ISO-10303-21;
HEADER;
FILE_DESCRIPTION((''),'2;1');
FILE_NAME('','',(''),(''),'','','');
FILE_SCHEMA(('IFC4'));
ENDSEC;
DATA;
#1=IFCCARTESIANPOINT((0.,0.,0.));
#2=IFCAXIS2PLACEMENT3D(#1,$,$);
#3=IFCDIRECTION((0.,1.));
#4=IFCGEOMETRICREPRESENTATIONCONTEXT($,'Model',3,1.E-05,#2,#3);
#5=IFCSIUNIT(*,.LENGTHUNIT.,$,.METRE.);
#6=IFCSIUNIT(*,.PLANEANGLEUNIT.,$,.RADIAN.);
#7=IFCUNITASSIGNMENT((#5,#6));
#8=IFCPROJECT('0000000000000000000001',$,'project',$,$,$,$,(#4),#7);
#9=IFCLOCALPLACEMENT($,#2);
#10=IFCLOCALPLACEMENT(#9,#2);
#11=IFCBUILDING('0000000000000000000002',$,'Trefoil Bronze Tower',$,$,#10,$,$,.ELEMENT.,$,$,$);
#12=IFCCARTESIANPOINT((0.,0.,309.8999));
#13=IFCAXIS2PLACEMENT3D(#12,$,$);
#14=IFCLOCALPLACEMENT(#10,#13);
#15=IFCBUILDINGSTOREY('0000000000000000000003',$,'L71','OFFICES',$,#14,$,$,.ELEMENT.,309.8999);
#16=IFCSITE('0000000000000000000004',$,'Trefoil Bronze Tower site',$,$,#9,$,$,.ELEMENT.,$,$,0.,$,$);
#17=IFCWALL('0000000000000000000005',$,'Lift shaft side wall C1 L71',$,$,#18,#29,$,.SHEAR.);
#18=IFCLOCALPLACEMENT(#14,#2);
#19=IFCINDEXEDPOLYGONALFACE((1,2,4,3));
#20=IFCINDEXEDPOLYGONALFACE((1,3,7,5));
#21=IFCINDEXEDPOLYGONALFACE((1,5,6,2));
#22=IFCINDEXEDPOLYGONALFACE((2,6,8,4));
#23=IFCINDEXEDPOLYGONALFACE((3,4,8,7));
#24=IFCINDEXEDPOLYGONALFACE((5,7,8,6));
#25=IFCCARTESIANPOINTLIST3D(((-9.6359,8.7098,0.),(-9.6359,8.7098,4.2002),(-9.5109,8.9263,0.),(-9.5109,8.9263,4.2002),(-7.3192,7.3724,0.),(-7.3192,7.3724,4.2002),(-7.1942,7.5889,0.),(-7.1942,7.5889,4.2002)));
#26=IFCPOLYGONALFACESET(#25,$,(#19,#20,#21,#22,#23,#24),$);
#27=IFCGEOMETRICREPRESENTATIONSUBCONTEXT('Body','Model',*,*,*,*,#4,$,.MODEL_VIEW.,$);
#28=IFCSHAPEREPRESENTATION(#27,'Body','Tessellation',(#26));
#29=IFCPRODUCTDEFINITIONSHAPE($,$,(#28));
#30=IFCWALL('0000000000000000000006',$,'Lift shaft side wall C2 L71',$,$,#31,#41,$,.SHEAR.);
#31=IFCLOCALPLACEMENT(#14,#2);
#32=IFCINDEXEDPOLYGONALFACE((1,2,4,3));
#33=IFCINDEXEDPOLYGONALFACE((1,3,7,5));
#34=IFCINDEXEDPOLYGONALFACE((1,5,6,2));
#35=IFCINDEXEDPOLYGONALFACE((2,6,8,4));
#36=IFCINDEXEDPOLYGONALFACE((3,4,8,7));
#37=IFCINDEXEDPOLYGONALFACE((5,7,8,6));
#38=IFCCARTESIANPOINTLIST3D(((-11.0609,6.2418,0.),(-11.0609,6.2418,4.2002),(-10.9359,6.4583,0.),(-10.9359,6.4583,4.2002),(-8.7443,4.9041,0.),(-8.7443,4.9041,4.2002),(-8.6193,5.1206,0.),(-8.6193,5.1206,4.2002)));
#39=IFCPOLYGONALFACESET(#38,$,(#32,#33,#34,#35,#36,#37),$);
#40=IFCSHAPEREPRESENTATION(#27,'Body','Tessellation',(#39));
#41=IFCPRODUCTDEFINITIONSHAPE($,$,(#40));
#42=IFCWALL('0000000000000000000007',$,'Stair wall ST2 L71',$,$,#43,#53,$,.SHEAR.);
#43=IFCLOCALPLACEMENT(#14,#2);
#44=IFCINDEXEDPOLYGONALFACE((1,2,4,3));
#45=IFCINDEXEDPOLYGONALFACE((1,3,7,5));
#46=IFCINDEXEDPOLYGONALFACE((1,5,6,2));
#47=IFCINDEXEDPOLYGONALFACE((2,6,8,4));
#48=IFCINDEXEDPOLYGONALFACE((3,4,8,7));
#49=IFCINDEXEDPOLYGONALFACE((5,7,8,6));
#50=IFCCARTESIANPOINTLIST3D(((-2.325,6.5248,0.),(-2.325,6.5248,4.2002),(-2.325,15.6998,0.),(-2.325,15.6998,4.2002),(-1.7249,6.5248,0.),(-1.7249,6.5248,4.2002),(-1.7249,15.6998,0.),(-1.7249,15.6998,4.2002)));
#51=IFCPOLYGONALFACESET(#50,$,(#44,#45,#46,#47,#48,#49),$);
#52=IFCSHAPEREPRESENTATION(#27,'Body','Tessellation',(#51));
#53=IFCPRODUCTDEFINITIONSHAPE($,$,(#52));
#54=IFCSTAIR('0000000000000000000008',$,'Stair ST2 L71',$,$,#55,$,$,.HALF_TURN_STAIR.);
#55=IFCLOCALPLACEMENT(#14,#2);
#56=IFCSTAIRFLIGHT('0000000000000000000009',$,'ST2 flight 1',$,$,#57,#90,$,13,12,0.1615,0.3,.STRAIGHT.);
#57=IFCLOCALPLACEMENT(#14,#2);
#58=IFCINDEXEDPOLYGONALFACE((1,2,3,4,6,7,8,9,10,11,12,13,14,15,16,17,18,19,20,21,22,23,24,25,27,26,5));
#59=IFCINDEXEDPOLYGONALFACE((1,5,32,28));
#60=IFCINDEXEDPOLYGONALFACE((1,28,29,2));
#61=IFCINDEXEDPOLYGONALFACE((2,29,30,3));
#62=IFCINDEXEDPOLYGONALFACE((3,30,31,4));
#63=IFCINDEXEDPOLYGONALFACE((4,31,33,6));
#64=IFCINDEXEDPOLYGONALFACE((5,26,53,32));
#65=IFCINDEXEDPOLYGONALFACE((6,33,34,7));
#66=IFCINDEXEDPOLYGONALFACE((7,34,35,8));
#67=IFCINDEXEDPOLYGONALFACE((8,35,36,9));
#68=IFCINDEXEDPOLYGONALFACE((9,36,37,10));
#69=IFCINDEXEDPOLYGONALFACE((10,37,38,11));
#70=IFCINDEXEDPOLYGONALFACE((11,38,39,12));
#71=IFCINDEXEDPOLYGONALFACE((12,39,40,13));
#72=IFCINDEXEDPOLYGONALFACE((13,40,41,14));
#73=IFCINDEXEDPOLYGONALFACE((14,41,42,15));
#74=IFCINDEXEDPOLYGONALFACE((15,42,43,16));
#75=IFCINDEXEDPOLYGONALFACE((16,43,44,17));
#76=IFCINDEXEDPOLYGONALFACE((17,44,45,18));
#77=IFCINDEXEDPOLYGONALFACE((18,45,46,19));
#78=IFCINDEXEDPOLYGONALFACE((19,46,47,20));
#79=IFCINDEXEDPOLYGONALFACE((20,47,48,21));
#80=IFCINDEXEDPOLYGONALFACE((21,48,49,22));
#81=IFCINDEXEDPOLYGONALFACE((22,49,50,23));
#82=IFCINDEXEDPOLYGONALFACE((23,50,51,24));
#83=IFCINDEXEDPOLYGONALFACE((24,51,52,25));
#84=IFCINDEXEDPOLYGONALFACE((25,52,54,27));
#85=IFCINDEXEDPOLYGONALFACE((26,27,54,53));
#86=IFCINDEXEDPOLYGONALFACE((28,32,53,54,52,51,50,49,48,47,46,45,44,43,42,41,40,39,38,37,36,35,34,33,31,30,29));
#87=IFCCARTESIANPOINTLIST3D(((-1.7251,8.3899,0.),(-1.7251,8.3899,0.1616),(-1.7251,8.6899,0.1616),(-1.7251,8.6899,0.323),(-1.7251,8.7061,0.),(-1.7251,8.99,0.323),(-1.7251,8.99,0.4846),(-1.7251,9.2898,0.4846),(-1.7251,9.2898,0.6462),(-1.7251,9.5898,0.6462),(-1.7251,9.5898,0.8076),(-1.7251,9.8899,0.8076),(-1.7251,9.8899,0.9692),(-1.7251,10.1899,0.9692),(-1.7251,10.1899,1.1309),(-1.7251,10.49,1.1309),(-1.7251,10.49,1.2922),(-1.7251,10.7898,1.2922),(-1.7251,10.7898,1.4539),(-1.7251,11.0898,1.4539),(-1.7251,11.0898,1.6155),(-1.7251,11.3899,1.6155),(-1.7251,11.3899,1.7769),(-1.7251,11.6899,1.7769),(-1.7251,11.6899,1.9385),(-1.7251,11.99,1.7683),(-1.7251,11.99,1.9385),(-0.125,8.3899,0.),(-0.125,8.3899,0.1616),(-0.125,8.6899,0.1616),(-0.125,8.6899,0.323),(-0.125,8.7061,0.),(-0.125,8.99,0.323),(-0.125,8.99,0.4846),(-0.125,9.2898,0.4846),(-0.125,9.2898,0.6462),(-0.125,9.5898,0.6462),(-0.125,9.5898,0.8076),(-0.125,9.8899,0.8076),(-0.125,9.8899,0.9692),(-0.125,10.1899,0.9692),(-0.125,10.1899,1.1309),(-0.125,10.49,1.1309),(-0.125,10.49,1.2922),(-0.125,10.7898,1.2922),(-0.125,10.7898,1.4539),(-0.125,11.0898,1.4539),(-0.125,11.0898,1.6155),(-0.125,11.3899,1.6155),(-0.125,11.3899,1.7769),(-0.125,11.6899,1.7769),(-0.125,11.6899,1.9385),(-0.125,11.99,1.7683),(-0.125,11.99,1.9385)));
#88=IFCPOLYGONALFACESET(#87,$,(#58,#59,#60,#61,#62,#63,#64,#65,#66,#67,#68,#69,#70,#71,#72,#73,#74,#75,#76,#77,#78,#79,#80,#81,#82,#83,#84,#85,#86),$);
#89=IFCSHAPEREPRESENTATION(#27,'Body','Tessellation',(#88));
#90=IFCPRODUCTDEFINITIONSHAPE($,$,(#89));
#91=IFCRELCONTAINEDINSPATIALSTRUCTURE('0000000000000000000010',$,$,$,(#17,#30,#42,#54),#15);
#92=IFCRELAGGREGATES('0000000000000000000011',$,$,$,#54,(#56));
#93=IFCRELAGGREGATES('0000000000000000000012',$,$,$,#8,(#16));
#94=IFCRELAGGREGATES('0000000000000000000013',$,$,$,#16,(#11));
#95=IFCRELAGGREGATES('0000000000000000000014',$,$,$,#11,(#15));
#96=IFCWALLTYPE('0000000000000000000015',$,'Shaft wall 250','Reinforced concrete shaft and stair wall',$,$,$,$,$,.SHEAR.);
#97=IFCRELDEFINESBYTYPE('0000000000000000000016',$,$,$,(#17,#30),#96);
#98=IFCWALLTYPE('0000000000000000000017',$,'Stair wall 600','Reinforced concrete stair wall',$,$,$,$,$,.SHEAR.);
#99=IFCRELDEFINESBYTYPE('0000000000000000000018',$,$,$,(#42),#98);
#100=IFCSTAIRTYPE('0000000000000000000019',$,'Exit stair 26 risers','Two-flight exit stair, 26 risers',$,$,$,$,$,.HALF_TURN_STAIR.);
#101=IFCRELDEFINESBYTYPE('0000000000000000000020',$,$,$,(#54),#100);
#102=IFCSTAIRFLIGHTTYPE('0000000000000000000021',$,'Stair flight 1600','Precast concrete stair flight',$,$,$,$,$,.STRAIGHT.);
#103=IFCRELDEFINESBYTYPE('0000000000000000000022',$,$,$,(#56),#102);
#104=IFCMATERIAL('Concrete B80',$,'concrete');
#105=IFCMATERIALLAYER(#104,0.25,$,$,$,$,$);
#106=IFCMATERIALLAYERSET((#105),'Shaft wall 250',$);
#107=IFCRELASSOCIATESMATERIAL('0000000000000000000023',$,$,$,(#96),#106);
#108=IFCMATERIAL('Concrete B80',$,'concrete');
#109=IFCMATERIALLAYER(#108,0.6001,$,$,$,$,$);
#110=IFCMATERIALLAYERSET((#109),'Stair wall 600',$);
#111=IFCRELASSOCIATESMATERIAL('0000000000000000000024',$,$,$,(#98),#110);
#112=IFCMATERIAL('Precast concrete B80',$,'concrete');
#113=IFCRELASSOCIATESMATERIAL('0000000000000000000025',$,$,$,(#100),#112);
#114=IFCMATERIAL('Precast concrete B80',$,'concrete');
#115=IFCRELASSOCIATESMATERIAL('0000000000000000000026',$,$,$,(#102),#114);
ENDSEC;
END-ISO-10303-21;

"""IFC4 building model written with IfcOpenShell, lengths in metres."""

from ifc_helpers import new_model, si_unit, direction, frame, frame_2d, origin, place, context, subcontext, project, spatial, polyline, rectangle, outline, extrude, material, layer, layer_set, type_object, element, aggregate, save


model = new_model("IFC4")

# Units and contexts
model_context = context("Model", 3, precision=1e-05, world=origin(), true_north=direction((0.0, 1.0)))
body_context = subcontext(model_context, "Body", "Model", "MODEL_VIEW")
ifc_project = project(units=[si_unit("LENGTHUNIT", "METRE"), si_unit("PLANEANGLEUNIT", "RADIAN")], contexts=[model_context])

# Site, building, storey
site_placement = place(None, origin())
site = spatial("IfcSite", under=ifc_project, at=site_placement, Name="Trefoil Bronze Tower site", CompositionType="ELEMENT", RefElevation=0.0)
building_placement = place(site_placement, origin())
building = spatial("IfcBuilding", under=site, at=building_placement, Name="Trefoil Bronze Tower", CompositionType="ELEMENT")
storey_placement = place(building_placement, frame((0.0, 0.0, 309.8999)))
storey = spatial("IfcBuildingStorey", under=building, at=storey_placement, Name="L71", Description="OFFICES", CompositionType="ELEMENT", Elevation=309.8999)

# Shared definitions
ifc_material_1 = material(Name="Concrete B80", Category="concrete")
ifc_layer_1 = layer(ifc_material_1, 0.25)
ifc_layer_set_1 = layer_set([ifc_layer_1], Name="Shaft wall 250")
wall_type_1 = type_object("IfcWallType", Name="Shaft wall 250", Description="Reinforced concrete shaft and stair wall", PredefinedType="SHEAR", material=ifc_layer_set_1)

# Walls
for number, where, z_axis, x_axis, name in (
    (1, (-7.2568, 7.4807, 0.0), (0.0, 0.0, 1.0), (-0.866044, 0.499967, 0.0), "Lift shaft side wall C1 L71"),
    (2, (-8.6819, 5.0125, 0.0), (0.0, 0.0, 1.0), (-0.866005, 0.500036, 0.0), "Lift shaft side wall C2 L71"),
):
    element("IfcWall", number, at=place(storey_placement, frame(where, z_axis=z_axis, x_axis=x_axis)), inside=storey, type_object=wall_type_1, Name=name, PredefinedType="SHEAR", context=body_context, shape_type="SweptSolid", body=[
        extrude(rectangle(XDim=2.675, YDim=0.25, at=frame_2d((1.3374, 0.0))), origin(), (0.0, 0.0, 1.0), 4.2002),
    ])
ifc_material_2 = material(Name="Concrete B80", Category="concrete")
ifc_layer_2 = layer(ifc_material_2, 0.6001)
ifc_layer_set_2 = layer_set([ifc_layer_2], Name="Stair wall 600")
wall_type_2 = type_object("IfcWallType", Name="Stair wall 600", Description="Reinforced concrete stair wall", PredefinedType="SHEAR", material=ifc_layer_set_2)
wall_1_placement = place(storey_placement, frame((-2.0249, 6.5249, 0.0), z_axis=(0.0, 0.0, 1.0), x_axis=(0.0, 1.0, 0.0)))
element("IfcWall", 3, at=wall_1_placement, inside=storey, type_object=wall_type_2, Name="Stair wall ST2 L71", PredefinedType="SHEAR", context=body_context, shape_type="SweptSolid", body=[
    extrude(rectangle(XDim=9.175, YDim=0.6001, at=frame_2d((4.5874, 0.0))), origin(), (0.0, 0.0, 1.0), 4.2002),
])

# Stair, stair flight
ifc_material_3 = material(Name="Precast concrete B80", Category="concrete")
stair_type = type_object("IfcStairType", Name="Exit stair 26 risers", Description="Two-flight exit stair, 26 risers", PredefinedType="HALF_TURN_STAIR", material=ifc_material_3)
stair_placement = place(storey_placement, origin())
stair = element("IfcStair", 4, at=stair_placement, inside=storey, type_object=stair_type, Name="Stair ST2 L71", PredefinedType="HALF_TURN_STAIR")
ifc_material_4 = material(Name="Precast concrete B80", Category="concrete")
stair_flight_type = type_object("IfcStairFlightType", Name="Stair flight 1600", Description="Precast concrete stair flight", PredefinedType="STRAIGHT", material=ifc_material_4)
stair_flight_placement = place(storey_placement, frame((-0.925, 8.3899, 0.0), z_axis=(0.0, 0.0, 1.0), x_axis=(0.0, 1.0, 0.0)))
stair_flight = element("IfcStairFlight", 5, at=stair_flight_placement, type_object=stair_flight_type, Name="ST2 flight 1", NumberOfRisers=13, NumberOfTreads=12, PredefinedType="STRAIGHT", RiserHeight=0.1615, TreadLength=0.3, context=body_context, shape_type="SweptSolid", body=[
    extrude(outline(polyline([(0.0, 0.0), (0.0, 0.1616), (0.3, 0.1616), (0.3, 0.323), (0.6001, 0.323), (0.6001, 0.4846), (0.8999, 0.4846), (0.8999, 0.6462), (1.2, 0.6462), (1.2, 0.8076), (1.5, 0.8076), (1.5, 0.9692), (1.8, 0.9692), (1.8, 1.1309), (2.1001, 1.1309), (2.1001, 1.2922), (2.3999, 1.2922), (2.3999, 1.4539), (2.7, 1.4539), (2.7, 1.6155), (3.0, 1.6155), (3.0, 1.7769), (3.3, 1.7769), (3.3, 1.9385), (3.6001, 1.9385), (3.6001, 2.1001), (3.6001, 1.7683), (0.3162, 0.0), (0.0, 0.0)])), frame((0.0, 0.8, 0.0), z_axis=(0.0, -1.0, 0.0), x_axis=(1.0, 0.0, 0.0)), (0.0, 0.0, 1.0), 1.6001),
])
aggregate(stair, [stair_flight])

save(model, "model.ifc")
